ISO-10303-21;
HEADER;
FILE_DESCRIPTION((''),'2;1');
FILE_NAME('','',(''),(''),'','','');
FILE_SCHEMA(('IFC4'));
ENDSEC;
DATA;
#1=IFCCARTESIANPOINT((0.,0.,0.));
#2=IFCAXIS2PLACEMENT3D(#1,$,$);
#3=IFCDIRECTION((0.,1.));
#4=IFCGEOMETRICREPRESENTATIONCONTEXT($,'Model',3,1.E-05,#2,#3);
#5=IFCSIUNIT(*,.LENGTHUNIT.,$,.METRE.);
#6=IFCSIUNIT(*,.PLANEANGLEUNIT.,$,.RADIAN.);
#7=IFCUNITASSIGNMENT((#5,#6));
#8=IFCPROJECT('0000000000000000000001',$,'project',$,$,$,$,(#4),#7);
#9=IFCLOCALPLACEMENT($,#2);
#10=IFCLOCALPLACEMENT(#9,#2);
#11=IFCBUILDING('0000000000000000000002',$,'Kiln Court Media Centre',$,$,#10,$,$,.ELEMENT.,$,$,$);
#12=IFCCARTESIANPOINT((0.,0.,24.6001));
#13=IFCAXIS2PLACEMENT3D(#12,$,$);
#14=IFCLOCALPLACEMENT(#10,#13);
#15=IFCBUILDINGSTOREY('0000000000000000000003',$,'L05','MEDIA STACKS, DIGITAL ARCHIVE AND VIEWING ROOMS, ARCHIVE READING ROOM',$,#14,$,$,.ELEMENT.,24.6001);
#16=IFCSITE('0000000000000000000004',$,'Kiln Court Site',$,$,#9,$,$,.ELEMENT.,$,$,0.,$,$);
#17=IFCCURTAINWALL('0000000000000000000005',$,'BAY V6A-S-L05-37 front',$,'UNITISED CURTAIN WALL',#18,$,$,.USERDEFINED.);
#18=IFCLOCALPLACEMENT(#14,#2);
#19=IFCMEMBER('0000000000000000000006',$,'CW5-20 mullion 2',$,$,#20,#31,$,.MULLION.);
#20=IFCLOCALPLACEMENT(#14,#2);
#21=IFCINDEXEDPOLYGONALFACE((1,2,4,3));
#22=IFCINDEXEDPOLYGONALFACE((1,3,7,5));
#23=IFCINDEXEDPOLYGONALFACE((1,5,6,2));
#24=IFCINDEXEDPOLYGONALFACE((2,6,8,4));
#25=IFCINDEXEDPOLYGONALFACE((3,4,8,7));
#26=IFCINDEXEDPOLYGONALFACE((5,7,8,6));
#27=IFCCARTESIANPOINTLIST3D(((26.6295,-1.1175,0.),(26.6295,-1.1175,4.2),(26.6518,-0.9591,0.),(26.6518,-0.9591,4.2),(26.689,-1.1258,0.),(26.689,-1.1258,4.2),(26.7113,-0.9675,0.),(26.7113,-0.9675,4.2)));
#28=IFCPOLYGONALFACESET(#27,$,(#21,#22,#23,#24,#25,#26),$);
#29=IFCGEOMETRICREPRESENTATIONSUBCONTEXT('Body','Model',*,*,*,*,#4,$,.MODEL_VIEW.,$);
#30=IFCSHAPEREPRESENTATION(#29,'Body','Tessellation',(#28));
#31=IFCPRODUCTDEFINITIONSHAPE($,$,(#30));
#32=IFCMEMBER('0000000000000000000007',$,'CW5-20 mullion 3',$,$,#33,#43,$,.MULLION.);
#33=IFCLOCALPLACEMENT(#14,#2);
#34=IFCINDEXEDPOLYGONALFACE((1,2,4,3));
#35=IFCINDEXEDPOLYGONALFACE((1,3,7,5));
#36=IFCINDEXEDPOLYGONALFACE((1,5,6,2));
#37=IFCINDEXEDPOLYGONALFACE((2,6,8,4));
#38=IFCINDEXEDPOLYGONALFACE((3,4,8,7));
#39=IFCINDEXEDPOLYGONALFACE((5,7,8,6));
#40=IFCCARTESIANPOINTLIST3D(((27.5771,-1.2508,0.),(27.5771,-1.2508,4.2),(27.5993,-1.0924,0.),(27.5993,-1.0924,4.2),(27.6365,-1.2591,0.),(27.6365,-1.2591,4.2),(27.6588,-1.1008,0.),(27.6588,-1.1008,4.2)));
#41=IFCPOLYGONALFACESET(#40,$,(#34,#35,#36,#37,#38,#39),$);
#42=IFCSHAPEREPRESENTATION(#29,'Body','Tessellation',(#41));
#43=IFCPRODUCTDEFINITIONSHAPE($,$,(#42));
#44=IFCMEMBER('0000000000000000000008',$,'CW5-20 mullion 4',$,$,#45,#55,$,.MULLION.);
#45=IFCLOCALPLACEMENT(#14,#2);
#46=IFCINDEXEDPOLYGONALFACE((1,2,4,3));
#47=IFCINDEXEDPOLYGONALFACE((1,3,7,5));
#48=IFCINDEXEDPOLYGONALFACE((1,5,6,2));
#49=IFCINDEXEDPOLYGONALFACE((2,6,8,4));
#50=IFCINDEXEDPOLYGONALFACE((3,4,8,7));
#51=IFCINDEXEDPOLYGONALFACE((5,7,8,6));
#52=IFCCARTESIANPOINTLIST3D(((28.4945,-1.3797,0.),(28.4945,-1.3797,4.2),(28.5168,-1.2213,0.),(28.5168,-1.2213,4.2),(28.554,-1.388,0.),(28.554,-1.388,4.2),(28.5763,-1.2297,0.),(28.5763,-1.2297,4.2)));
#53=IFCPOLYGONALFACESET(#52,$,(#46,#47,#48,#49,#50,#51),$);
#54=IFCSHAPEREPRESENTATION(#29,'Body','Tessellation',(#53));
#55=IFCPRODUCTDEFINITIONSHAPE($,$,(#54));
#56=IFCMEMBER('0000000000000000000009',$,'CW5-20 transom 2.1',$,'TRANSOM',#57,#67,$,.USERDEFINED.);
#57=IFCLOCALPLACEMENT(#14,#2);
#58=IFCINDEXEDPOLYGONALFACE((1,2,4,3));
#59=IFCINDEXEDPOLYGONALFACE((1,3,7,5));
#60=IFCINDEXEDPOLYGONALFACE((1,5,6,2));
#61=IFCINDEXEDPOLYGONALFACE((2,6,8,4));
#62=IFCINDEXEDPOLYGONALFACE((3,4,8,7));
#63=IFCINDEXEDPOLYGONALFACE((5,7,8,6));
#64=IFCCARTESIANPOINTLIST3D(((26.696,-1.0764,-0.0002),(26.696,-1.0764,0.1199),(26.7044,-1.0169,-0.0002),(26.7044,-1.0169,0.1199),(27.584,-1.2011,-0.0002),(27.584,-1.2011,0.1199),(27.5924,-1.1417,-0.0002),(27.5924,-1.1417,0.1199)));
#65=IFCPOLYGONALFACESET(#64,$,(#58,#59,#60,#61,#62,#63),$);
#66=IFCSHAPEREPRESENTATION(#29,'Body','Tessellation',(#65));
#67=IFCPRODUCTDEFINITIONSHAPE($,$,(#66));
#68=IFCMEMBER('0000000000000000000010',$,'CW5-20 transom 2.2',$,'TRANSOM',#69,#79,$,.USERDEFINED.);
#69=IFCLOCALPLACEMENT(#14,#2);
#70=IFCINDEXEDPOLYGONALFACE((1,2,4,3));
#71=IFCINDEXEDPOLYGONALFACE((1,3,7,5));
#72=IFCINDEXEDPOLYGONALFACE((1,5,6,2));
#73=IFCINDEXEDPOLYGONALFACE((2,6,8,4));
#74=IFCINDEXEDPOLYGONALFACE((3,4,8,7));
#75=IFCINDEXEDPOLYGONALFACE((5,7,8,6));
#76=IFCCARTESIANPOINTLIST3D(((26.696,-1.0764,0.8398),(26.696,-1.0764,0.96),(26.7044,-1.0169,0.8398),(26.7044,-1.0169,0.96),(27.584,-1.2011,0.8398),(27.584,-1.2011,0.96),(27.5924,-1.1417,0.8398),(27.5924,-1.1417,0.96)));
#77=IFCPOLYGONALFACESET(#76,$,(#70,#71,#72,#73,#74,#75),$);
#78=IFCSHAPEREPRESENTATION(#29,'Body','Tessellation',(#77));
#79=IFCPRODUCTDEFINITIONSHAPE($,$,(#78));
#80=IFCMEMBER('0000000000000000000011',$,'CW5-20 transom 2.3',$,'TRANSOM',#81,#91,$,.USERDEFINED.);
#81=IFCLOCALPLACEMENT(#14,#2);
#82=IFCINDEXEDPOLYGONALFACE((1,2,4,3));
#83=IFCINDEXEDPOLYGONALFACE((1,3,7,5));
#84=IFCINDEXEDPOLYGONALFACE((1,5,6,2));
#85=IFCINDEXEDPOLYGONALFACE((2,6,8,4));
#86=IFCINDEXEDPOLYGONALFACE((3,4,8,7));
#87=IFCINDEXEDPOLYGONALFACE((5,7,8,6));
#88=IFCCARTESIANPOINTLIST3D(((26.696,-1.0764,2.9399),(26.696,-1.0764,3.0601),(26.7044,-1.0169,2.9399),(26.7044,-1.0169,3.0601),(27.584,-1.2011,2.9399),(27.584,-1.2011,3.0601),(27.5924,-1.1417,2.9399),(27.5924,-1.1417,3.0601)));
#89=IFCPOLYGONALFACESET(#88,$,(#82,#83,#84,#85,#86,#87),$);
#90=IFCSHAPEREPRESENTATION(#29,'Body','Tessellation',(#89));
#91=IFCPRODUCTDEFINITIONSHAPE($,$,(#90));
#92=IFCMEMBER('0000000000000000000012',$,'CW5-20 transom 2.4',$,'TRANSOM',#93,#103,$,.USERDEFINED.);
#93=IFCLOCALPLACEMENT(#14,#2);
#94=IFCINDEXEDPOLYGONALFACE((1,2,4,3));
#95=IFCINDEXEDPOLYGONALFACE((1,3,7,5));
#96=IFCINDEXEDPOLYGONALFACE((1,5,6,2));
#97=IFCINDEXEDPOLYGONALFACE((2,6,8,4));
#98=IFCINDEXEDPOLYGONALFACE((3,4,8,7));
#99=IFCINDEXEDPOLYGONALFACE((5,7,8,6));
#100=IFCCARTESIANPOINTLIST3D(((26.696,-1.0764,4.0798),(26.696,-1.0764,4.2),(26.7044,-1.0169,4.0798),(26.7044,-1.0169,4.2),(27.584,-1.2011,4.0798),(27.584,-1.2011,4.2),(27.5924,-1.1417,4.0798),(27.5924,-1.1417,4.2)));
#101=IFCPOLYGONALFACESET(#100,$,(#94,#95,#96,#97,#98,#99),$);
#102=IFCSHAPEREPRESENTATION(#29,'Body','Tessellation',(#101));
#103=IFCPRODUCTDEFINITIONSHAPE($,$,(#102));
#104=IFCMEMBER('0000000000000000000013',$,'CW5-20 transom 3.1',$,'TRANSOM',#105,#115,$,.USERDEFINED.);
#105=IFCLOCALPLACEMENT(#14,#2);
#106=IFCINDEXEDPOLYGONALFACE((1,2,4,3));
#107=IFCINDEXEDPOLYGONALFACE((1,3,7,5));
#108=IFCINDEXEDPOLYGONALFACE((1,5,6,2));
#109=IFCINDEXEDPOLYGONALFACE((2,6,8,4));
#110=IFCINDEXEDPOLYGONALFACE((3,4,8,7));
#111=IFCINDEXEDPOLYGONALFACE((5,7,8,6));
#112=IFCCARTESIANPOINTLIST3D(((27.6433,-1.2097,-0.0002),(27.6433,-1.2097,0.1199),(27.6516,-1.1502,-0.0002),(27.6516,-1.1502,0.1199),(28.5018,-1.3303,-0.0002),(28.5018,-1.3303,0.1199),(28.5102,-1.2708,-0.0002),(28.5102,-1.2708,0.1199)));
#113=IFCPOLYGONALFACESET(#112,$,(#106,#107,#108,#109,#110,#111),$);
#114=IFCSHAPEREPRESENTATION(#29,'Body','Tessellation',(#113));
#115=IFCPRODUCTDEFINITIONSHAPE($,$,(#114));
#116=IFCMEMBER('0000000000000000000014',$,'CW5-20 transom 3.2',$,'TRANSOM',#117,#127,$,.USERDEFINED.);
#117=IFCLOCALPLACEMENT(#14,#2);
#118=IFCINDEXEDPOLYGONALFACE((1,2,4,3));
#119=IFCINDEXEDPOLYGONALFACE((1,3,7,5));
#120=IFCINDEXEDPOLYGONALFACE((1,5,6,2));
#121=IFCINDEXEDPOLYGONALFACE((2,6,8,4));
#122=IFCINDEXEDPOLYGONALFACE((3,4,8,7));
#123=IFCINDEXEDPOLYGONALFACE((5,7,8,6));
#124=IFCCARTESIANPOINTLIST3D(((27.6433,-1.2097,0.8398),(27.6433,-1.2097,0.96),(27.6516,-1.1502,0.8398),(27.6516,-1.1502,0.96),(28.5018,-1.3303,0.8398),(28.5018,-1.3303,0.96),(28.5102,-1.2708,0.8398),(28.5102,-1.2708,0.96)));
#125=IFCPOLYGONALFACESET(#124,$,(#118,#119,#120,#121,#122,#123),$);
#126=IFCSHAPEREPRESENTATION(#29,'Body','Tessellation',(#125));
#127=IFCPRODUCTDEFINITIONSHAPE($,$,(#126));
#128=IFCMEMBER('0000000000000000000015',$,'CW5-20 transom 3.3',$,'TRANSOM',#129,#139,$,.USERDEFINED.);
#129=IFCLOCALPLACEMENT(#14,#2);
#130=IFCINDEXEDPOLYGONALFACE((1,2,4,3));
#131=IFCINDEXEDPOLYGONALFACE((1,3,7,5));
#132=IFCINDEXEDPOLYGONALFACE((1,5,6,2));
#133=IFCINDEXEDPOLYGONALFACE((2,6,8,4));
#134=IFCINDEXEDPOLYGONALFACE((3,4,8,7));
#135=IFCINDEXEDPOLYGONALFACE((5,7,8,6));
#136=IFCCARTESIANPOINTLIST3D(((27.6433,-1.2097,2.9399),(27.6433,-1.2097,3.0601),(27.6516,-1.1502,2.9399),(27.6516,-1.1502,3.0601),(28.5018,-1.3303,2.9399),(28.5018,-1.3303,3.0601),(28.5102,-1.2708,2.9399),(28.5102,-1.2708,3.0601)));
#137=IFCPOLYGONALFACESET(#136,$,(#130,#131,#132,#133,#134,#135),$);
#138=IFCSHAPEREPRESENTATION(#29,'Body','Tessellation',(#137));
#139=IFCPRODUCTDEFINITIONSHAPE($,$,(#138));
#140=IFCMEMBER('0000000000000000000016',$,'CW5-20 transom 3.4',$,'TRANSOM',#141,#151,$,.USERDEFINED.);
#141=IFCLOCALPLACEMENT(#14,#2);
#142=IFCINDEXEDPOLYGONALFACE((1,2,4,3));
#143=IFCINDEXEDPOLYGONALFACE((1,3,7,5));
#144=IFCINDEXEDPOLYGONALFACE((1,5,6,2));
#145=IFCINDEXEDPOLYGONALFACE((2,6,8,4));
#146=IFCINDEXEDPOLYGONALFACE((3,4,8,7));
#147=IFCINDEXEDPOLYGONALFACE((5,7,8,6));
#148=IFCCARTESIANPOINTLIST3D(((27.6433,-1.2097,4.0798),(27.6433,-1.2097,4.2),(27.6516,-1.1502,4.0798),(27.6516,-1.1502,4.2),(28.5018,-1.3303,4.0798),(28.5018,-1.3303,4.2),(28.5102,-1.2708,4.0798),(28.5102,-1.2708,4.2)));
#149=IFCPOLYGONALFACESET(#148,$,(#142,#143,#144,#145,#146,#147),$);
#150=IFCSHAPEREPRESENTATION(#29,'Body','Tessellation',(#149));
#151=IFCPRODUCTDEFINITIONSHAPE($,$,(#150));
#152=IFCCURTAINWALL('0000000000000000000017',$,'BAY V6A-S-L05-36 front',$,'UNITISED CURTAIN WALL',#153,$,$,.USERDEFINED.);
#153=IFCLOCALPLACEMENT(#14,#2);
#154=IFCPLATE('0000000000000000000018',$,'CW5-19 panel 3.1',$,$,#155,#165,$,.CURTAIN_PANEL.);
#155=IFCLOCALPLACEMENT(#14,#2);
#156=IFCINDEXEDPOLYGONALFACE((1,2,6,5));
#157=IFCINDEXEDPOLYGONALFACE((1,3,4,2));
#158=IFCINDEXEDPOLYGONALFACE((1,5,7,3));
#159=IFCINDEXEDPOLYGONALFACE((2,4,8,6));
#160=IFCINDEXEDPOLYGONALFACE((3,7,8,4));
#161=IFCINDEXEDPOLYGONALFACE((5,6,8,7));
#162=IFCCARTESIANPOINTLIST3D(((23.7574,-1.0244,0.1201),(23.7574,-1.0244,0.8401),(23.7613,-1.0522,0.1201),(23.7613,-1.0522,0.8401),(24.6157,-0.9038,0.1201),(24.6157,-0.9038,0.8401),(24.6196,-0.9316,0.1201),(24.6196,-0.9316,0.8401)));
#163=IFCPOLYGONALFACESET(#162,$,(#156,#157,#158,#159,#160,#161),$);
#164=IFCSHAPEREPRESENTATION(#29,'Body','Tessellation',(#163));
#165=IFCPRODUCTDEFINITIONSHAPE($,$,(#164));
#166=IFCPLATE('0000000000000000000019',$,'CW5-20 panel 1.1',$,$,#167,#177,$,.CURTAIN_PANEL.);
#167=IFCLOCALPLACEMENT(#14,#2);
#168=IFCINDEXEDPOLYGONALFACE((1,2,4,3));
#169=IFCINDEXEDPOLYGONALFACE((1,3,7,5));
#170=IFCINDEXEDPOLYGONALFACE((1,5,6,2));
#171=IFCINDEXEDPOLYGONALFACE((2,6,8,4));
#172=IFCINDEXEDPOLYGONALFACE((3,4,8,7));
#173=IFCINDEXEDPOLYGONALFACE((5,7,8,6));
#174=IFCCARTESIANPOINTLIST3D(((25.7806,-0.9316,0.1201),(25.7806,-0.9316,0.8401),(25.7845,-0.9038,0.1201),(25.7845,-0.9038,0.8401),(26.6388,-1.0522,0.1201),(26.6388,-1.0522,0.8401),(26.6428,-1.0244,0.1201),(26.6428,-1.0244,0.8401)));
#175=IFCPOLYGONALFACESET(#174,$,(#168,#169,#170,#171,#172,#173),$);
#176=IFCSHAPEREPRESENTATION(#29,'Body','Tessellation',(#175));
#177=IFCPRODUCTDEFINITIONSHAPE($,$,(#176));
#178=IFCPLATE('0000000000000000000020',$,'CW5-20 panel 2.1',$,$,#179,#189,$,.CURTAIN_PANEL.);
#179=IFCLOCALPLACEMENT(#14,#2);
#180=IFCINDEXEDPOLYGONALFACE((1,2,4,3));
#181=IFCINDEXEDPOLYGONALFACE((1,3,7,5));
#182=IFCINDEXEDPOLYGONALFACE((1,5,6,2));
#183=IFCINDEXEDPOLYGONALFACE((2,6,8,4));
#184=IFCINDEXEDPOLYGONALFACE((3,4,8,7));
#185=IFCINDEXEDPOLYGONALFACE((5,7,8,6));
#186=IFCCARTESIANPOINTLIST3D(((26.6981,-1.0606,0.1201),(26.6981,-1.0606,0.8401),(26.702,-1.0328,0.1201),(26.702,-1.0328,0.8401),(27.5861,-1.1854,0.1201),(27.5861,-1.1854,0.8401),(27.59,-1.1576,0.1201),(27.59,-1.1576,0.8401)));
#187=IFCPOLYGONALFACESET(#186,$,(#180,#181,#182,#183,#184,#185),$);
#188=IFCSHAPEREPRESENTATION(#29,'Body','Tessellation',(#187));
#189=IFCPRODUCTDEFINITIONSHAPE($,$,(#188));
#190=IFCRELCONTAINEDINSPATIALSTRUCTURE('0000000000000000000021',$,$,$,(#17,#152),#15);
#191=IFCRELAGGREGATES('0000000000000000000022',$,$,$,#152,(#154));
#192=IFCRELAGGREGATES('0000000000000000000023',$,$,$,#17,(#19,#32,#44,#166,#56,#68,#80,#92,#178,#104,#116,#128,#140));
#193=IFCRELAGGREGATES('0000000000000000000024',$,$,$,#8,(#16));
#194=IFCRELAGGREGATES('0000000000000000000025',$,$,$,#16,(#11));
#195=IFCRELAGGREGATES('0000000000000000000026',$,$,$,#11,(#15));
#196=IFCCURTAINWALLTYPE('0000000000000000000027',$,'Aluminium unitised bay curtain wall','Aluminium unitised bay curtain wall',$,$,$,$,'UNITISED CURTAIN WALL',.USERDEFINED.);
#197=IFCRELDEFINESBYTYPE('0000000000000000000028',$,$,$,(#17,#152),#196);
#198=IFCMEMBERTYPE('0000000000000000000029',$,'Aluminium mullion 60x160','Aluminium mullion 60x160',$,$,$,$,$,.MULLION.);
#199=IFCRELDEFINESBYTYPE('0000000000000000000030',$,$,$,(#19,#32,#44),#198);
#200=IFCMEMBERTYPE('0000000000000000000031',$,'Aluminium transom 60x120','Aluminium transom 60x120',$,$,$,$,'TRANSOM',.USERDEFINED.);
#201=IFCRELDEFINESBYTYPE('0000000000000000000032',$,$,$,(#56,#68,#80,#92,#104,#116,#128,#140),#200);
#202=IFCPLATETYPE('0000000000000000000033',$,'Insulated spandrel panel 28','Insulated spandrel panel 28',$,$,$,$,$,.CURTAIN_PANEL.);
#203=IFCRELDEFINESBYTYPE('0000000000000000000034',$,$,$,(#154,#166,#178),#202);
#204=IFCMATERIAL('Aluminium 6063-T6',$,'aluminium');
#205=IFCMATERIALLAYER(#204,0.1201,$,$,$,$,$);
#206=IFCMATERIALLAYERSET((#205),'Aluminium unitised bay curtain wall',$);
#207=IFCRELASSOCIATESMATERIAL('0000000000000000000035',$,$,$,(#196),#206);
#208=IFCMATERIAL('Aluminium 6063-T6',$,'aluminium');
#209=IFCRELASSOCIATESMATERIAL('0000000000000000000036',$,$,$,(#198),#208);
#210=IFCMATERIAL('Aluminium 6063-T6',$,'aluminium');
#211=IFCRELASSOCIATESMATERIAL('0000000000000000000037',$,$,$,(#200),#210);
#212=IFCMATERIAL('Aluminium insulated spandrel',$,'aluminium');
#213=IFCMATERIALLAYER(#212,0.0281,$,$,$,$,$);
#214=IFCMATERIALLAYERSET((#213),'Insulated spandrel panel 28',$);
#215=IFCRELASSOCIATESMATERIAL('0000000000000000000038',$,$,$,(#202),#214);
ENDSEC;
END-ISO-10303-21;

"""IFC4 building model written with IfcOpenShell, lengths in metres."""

from ifc_helpers import new_model, si_unit, direction, frame, origin, origin_2d, place, context, subcontext, project, spatial, rectangle, extrude, material, layer, layer_set, material_profile, profile_set, type_object, element, aggregate, save


model = new_model("IFC4")

# Units and contexts
model_context = context("Model", 3, precision=1e-05, world=origin(), true_north=direction((0.0, 1.0)))
body_context = subcontext(model_context, "Body", "Model", "MODEL_VIEW")
ifc_project = project(units=[si_unit("LENGTHUNIT", "METRE"), si_unit("PLANEANGLEUNIT", "RADIAN")], contexts=[model_context])

# Site, building, storey
site_placement = place(None, origin())
site = spatial("IfcSite", under=ifc_project, at=site_placement, Name="Kiln Court Site", CompositionType="ELEMENT", RefElevation=0.0)
building_placement = place(site_placement, origin())
building = spatial("IfcBuilding", under=site, at=building_placement, Name="Kiln Court Media Centre", CompositionType="ELEMENT")
storey_placement = place(building_placement, frame((0.0, 0.0, 24.6001)))
storey = spatial("IfcBuildingStorey", under=building, at=storey_placement, Name="L05", Description="MEDIA STACKS, DIGITAL ARCHIVE AND VIEWING ROOMS, ARCHIVE READING ROOM", CompositionType="ELEMENT", Elevation=24.6001)

# Curtain wall, members
ifc_material_1 = material(Name="Aluminium 6063-T6", Category="aluminium")
ifc_layer_1 = layer(ifc_material_1, 0.1201)
ifc_layer_set_1 = layer_set([ifc_layer_1], Name="Aluminium unitised bay curtain wall")
curtain_wall_type = type_object("IfcCurtainWallType", Name="Aluminium unitised bay curtain wall", Description="Aluminium unitised bay curtain wall", ElementType="UNITISED CURTAIN WALL", PredefinedType="USERDEFINED", material=ifc_layer_set_1)
curtain_wall_1_placement = place(storey_placement, origin())
curtain_wall_1 = element("IfcCurtainWall", 1, at=curtain_wall_1_placement, inside=storey, type_object=curtain_wall_type, Name="BAY V6A-S-L05-37 front", ObjectType="UNITISED CURTAIN WALL", PredefinedType="USERDEFINED")
ifc_material_2 = material(Name="Aluminium 6063-T6", Category="aluminium")
ifc_material_profile_1 = material_profile(ifc_material_2, rectangle(XDim=0.0601, YDim=0.1599, at=origin_2d()), Name="Aluminium mullion 60x160")
ifc_profile_set_1 = profile_set([ifc_material_profile_1], Name="Aluminium 6063-T6")
member_type_1 = type_object("IfcMemberType", Name="Aluminium mullion 60x160", Description="Aluminium mullion 60x160", PredefinedType="MULLION", material=ifc_profile_set_1)
member_1_placement = place(storey_placement, frame((26.6704, -1.0425, 0.0), z_axis=(0.0, 0.0, 1.0), x_axis=(0.99027, -0.139162, 0.0)))
member_1 = element("IfcMember", 2, at=member_1_placement, type_object=member_type_1, Name="CW5-20 mullion 2", PredefinedType="MULLION", context=body_context, shape_type="SweptSolid", body=[
    extrude(rectangle(XDim=0.0601, YDim=0.1599, at=origin_2d()), origin(), (0.0, 0.0, 1.0), 4.2),
])
member_2_placement = place(storey_placement, frame((27.6179, -1.1758, 0.0), z_axis=(0.0, 0.0, 1.0), x_axis=(0.99027, -0.139162, 0.0)))
member_2 = element("IfcMember", 3, at=member_2_placement, type_object=member_type_1, Name="CW5-20 mullion 3", PredefinedType="MULLION", context=body_context, shape_type="SweptSolid", body=[
    extrude(rectangle(XDim=0.0601, YDim=0.1599, at=origin_2d()), origin(), (0.0, 0.0, 1.0), 4.2),
])
member_3_placement = place(storey_placement, frame((28.5354, -1.3047, 0.0), z_axis=(0.0, 0.0, 1.0), x_axis=(0.99027, -0.139162, 0.0)))
member_3 = element("IfcMember", 4, at=member_3_placement, type_object=member_type_1, Name="CW5-20 mullion 4", PredefinedType="MULLION", context=body_context, shape_type="SweptSolid", body=[
    extrude(rectangle(XDim=0.0601, YDim=0.1599, at=origin_2d()), origin(), (0.0, 0.0, 1.0), 4.2),
])
ifc_material_3 = material(Name="Aluminium 6063-T6", Category="aluminium")
ifc_material_profile_2 = material_profile(ifc_material_3, rectangle(XDim=0.0601, YDim=0.1201, at=origin_2d()), Name="Aluminium transom 60x120")
ifc_profile_set_2 = profile_set([ifc_material_profile_2], Name="Aluminium 6063-T6")
member_type_2 = type_object("IfcMemberType", Name="Aluminium transom 60x120", Description="Aluminium transom 60x120", ElementType="TRANSOM", PredefinedType="USERDEFINED", material=ifc_profile_set_2)
member_4_placement = place(storey_placement, frame((26.7002, -1.0466, 0.0598), z_axis=(0.990274, -0.139134, 0.0), x_axis=(0.139134, 0.990274, 0.0)))
member_4 = element("IfcMember", 5, at=member_4_placement, type_object=member_type_2, Name="CW5-20 transom 2.1", ObjectType="TRANSOM", PredefinedType="USERDEFINED", context=body_context, shape_type="SweptSolid", body=[
    extrude(rectangle(XDim=0.0601, YDim=0.1201, at=origin_2d()), origin(), (0.0, 0.0, 1.0), 0.8967),
])
member_5_placement = place(storey_placement, frame((26.7002, -1.0466, 0.8999), z_axis=(0.990274, -0.139134, 0.0), x_axis=(0.139134, 0.990274, 0.0)))
member_5 = element("IfcMember", 6, at=member_5_placement, type_object=member_type_2, Name="CW5-20 transom 2.2", ObjectType="TRANSOM", PredefinedType="USERDEFINED", context=body_context, shape_type="SweptSolid", body=[
    extrude(rectangle(XDim=0.0601, YDim=0.1201, at=origin_2d()), origin(), (0.0, 0.0, 1.0), 0.8967),
])
member_6_placement = place(storey_placement, frame((26.7002, -1.0466, 3.0), z_axis=(0.990274, -0.139134, 0.0), x_axis=(0.139134, 0.990274, 0.0)))
member_6 = element("IfcMember", 7, at=member_6_placement, type_object=member_type_2, Name="CW5-20 transom 2.3", ObjectType="TRANSOM", PredefinedType="USERDEFINED", context=body_context, shape_type="SweptSolid", body=[
    extrude(rectangle(XDim=0.0601, YDim=0.1201, at=origin_2d()), origin(), (0.0, 0.0, 1.0), 0.8967),
])
member_7_placement = place(storey_placement, frame((26.7002, -1.0466, 4.1399), z_axis=(0.990274, -0.139134, 0.0), x_axis=(0.139134, 0.990274, 0.0)))
member_7 = element("IfcMember", 8, at=member_7_placement, type_object=member_type_2, Name="CW5-20 transom 2.4", ObjectType="TRANSOM", PredefinedType="USERDEFINED", context=body_context, shape_type="SweptSolid", body=[
    extrude(rectangle(XDim=0.0601, YDim=0.1201, at=origin_2d()), origin(), (0.0, 0.0, 1.0), 0.8967),
])
member_8_placement = place(storey_placement, frame((27.6475, -1.1799, 0.0598), z_axis=(0.990274, -0.139134, 0.0), x_axis=(0.139134, 0.990274, 0.0)))
member_8 = element("IfcMember", 9, at=member_8_placement, type_object=member_type_2, Name="CW5-20 transom 3.1", ObjectType="TRANSOM", PredefinedType="USERDEFINED", context=body_context, shape_type="SweptSolid", body=[
    extrude(rectangle(XDim=0.0601, YDim=0.1201, at=origin_2d()), origin(), (0.0, 0.0, 1.0), 0.8669),
])
member_9_placement = place(storey_placement, frame((27.6475, -1.1799, 0.8999), z_axis=(0.990274, -0.139134, 0.0), x_axis=(0.139134, 0.990274, 0.0)))
member_9 = element("IfcMember", 10, at=member_9_placement, type_object=member_type_2, Name="CW5-20 transom 3.2", ObjectType="TRANSOM", PredefinedType="USERDEFINED", context=body_context, shape_type="SweptSolid", body=[
    extrude(rectangle(XDim=0.0601, YDim=0.1201, at=origin_2d()), origin(), (0.0, 0.0, 1.0), 0.8669),
])
member_10_placement = place(storey_placement, frame((27.6475, -1.1799, 3.0), z_axis=(0.990274, -0.139134, 0.0), x_axis=(0.139134, 0.990274, 0.0)))
member_10 = element("IfcMember", 11, at=member_10_placement, type_object=member_type_2, Name="CW5-20 transom 3.3", ObjectType="TRANSOM", PredefinedType="USERDEFINED", context=body_context, shape_type="SweptSolid", body=[
    extrude(rectangle(XDim=0.0601, YDim=0.1201, at=origin_2d()), origin(), (0.0, 0.0, 1.0), 0.8669),
])
member_11_placement = place(storey_placement, frame((27.6475, -1.1799, 4.1399), z_axis=(0.990274, -0.139134, 0.0), x_axis=(0.139134, 0.990274, 0.0)))
member_11 = element("IfcMember", 12, at=member_11_placement, type_object=member_type_2, Name="CW5-20 transom 3.4", ObjectType="TRANSOM", PredefinedType="USERDEFINED", context=body_context, shape_type="SweptSolid", body=[
    extrude(rectangle(XDim=0.0601, YDim=0.1201, at=origin_2d()), origin(), (0.0, 0.0, 1.0), 0.8669),
])

# Curtain wall, plate
curtain_wall_2_placement = place(storey_placement, origin())
curtain_wall_2 = element("IfcCurtainWall", 13, at=curtain_wall_2_placement, inside=storey, type_object=curtain_wall_type, Name="BAY V6A-S-L05-36 front", ObjectType="UNITISED CURTAIN WALL", PredefinedType="USERDEFINED")
ifc_material_4 = material(Name="Aluminium insulated spandrel", Category="aluminium")
ifc_layer_2 = layer(ifc_material_4, 0.0281)
ifc_layer_set_2 = layer_set([ifc_layer_2], Name="Insulated spandrel panel 28")
plate_type_1 = type_object("IfcPlateType", Name="Insulated spandrel panel 28", Description="Insulated spandrel panel 28", PredefinedType="CURTAIN_PANEL", material=ifc_layer_set_2)
plate_1_placement = place(storey_placement, frame((24.1885, -0.978, 0.1201), z_axis=(0.0, 0.0, 1.0), x_axis=(0.99027, 0.139162, 0.0)))
plate_1 = element("IfcPlate", 14, at=plate_1_placement, type_object=plate_type_1, Name="CW5-19 panel 3.1", PredefinedType="CURTAIN_PANEL", context=body_context, shape_type="SweptSolid", body=[
    extrude(rectangle(XDim=0.8667, YDim=0.0281, at=origin_2d()), origin(), (0.0, 0.0, 1.0), 0.72),
])

# Plates
plate_2_placement = place(storey_placement, frame((26.2117, -0.978, 0.1201), z_axis=(0.0, 0.0, 1.0), x_axis=(0.99027, -0.139162, 0.0)))
plate_2 = element("IfcPlate", 15, at=plate_2_placement, type_object=plate_type_1, Name="CW5-20 panel 1.1", PredefinedType="CURTAIN_PANEL", context=body_context, shape_type="SweptSolid", body=[
    extrude(rectangle(XDim=0.8667, YDim=0.0281, at=origin_2d()), origin(), (0.0, 0.0, 1.0), 0.72),
])
plate_3_placement = place(storey_placement, frame((27.144, -1.1091, 0.1201), z_axis=(0.0, 0.0, 1.0), x_axis=(0.99027, -0.139162, 0.0)))
plate_3 = element("IfcPlate", 16, at=plate_3_placement, type_object=plate_type_1, Name="CW5-20 panel 2.1", PredefinedType="CURTAIN_PANEL", context=body_context, shape_type="SweptSolid", body=[
    extrude(rectangle(XDim=0.8967, YDim=0.0281, at=origin_2d()), origin(), (0.0, 0.0, 1.0), 0.72),
])
aggregate(curtain_wall_2, [plate_1])
aggregate(curtain_wall_1, [member_1, member_2, member_3, plate_2, member_4, member_5, member_6, member_7, plate_3, member_8, member_9, member_10, member_11])

save(model, "model.ifc")
